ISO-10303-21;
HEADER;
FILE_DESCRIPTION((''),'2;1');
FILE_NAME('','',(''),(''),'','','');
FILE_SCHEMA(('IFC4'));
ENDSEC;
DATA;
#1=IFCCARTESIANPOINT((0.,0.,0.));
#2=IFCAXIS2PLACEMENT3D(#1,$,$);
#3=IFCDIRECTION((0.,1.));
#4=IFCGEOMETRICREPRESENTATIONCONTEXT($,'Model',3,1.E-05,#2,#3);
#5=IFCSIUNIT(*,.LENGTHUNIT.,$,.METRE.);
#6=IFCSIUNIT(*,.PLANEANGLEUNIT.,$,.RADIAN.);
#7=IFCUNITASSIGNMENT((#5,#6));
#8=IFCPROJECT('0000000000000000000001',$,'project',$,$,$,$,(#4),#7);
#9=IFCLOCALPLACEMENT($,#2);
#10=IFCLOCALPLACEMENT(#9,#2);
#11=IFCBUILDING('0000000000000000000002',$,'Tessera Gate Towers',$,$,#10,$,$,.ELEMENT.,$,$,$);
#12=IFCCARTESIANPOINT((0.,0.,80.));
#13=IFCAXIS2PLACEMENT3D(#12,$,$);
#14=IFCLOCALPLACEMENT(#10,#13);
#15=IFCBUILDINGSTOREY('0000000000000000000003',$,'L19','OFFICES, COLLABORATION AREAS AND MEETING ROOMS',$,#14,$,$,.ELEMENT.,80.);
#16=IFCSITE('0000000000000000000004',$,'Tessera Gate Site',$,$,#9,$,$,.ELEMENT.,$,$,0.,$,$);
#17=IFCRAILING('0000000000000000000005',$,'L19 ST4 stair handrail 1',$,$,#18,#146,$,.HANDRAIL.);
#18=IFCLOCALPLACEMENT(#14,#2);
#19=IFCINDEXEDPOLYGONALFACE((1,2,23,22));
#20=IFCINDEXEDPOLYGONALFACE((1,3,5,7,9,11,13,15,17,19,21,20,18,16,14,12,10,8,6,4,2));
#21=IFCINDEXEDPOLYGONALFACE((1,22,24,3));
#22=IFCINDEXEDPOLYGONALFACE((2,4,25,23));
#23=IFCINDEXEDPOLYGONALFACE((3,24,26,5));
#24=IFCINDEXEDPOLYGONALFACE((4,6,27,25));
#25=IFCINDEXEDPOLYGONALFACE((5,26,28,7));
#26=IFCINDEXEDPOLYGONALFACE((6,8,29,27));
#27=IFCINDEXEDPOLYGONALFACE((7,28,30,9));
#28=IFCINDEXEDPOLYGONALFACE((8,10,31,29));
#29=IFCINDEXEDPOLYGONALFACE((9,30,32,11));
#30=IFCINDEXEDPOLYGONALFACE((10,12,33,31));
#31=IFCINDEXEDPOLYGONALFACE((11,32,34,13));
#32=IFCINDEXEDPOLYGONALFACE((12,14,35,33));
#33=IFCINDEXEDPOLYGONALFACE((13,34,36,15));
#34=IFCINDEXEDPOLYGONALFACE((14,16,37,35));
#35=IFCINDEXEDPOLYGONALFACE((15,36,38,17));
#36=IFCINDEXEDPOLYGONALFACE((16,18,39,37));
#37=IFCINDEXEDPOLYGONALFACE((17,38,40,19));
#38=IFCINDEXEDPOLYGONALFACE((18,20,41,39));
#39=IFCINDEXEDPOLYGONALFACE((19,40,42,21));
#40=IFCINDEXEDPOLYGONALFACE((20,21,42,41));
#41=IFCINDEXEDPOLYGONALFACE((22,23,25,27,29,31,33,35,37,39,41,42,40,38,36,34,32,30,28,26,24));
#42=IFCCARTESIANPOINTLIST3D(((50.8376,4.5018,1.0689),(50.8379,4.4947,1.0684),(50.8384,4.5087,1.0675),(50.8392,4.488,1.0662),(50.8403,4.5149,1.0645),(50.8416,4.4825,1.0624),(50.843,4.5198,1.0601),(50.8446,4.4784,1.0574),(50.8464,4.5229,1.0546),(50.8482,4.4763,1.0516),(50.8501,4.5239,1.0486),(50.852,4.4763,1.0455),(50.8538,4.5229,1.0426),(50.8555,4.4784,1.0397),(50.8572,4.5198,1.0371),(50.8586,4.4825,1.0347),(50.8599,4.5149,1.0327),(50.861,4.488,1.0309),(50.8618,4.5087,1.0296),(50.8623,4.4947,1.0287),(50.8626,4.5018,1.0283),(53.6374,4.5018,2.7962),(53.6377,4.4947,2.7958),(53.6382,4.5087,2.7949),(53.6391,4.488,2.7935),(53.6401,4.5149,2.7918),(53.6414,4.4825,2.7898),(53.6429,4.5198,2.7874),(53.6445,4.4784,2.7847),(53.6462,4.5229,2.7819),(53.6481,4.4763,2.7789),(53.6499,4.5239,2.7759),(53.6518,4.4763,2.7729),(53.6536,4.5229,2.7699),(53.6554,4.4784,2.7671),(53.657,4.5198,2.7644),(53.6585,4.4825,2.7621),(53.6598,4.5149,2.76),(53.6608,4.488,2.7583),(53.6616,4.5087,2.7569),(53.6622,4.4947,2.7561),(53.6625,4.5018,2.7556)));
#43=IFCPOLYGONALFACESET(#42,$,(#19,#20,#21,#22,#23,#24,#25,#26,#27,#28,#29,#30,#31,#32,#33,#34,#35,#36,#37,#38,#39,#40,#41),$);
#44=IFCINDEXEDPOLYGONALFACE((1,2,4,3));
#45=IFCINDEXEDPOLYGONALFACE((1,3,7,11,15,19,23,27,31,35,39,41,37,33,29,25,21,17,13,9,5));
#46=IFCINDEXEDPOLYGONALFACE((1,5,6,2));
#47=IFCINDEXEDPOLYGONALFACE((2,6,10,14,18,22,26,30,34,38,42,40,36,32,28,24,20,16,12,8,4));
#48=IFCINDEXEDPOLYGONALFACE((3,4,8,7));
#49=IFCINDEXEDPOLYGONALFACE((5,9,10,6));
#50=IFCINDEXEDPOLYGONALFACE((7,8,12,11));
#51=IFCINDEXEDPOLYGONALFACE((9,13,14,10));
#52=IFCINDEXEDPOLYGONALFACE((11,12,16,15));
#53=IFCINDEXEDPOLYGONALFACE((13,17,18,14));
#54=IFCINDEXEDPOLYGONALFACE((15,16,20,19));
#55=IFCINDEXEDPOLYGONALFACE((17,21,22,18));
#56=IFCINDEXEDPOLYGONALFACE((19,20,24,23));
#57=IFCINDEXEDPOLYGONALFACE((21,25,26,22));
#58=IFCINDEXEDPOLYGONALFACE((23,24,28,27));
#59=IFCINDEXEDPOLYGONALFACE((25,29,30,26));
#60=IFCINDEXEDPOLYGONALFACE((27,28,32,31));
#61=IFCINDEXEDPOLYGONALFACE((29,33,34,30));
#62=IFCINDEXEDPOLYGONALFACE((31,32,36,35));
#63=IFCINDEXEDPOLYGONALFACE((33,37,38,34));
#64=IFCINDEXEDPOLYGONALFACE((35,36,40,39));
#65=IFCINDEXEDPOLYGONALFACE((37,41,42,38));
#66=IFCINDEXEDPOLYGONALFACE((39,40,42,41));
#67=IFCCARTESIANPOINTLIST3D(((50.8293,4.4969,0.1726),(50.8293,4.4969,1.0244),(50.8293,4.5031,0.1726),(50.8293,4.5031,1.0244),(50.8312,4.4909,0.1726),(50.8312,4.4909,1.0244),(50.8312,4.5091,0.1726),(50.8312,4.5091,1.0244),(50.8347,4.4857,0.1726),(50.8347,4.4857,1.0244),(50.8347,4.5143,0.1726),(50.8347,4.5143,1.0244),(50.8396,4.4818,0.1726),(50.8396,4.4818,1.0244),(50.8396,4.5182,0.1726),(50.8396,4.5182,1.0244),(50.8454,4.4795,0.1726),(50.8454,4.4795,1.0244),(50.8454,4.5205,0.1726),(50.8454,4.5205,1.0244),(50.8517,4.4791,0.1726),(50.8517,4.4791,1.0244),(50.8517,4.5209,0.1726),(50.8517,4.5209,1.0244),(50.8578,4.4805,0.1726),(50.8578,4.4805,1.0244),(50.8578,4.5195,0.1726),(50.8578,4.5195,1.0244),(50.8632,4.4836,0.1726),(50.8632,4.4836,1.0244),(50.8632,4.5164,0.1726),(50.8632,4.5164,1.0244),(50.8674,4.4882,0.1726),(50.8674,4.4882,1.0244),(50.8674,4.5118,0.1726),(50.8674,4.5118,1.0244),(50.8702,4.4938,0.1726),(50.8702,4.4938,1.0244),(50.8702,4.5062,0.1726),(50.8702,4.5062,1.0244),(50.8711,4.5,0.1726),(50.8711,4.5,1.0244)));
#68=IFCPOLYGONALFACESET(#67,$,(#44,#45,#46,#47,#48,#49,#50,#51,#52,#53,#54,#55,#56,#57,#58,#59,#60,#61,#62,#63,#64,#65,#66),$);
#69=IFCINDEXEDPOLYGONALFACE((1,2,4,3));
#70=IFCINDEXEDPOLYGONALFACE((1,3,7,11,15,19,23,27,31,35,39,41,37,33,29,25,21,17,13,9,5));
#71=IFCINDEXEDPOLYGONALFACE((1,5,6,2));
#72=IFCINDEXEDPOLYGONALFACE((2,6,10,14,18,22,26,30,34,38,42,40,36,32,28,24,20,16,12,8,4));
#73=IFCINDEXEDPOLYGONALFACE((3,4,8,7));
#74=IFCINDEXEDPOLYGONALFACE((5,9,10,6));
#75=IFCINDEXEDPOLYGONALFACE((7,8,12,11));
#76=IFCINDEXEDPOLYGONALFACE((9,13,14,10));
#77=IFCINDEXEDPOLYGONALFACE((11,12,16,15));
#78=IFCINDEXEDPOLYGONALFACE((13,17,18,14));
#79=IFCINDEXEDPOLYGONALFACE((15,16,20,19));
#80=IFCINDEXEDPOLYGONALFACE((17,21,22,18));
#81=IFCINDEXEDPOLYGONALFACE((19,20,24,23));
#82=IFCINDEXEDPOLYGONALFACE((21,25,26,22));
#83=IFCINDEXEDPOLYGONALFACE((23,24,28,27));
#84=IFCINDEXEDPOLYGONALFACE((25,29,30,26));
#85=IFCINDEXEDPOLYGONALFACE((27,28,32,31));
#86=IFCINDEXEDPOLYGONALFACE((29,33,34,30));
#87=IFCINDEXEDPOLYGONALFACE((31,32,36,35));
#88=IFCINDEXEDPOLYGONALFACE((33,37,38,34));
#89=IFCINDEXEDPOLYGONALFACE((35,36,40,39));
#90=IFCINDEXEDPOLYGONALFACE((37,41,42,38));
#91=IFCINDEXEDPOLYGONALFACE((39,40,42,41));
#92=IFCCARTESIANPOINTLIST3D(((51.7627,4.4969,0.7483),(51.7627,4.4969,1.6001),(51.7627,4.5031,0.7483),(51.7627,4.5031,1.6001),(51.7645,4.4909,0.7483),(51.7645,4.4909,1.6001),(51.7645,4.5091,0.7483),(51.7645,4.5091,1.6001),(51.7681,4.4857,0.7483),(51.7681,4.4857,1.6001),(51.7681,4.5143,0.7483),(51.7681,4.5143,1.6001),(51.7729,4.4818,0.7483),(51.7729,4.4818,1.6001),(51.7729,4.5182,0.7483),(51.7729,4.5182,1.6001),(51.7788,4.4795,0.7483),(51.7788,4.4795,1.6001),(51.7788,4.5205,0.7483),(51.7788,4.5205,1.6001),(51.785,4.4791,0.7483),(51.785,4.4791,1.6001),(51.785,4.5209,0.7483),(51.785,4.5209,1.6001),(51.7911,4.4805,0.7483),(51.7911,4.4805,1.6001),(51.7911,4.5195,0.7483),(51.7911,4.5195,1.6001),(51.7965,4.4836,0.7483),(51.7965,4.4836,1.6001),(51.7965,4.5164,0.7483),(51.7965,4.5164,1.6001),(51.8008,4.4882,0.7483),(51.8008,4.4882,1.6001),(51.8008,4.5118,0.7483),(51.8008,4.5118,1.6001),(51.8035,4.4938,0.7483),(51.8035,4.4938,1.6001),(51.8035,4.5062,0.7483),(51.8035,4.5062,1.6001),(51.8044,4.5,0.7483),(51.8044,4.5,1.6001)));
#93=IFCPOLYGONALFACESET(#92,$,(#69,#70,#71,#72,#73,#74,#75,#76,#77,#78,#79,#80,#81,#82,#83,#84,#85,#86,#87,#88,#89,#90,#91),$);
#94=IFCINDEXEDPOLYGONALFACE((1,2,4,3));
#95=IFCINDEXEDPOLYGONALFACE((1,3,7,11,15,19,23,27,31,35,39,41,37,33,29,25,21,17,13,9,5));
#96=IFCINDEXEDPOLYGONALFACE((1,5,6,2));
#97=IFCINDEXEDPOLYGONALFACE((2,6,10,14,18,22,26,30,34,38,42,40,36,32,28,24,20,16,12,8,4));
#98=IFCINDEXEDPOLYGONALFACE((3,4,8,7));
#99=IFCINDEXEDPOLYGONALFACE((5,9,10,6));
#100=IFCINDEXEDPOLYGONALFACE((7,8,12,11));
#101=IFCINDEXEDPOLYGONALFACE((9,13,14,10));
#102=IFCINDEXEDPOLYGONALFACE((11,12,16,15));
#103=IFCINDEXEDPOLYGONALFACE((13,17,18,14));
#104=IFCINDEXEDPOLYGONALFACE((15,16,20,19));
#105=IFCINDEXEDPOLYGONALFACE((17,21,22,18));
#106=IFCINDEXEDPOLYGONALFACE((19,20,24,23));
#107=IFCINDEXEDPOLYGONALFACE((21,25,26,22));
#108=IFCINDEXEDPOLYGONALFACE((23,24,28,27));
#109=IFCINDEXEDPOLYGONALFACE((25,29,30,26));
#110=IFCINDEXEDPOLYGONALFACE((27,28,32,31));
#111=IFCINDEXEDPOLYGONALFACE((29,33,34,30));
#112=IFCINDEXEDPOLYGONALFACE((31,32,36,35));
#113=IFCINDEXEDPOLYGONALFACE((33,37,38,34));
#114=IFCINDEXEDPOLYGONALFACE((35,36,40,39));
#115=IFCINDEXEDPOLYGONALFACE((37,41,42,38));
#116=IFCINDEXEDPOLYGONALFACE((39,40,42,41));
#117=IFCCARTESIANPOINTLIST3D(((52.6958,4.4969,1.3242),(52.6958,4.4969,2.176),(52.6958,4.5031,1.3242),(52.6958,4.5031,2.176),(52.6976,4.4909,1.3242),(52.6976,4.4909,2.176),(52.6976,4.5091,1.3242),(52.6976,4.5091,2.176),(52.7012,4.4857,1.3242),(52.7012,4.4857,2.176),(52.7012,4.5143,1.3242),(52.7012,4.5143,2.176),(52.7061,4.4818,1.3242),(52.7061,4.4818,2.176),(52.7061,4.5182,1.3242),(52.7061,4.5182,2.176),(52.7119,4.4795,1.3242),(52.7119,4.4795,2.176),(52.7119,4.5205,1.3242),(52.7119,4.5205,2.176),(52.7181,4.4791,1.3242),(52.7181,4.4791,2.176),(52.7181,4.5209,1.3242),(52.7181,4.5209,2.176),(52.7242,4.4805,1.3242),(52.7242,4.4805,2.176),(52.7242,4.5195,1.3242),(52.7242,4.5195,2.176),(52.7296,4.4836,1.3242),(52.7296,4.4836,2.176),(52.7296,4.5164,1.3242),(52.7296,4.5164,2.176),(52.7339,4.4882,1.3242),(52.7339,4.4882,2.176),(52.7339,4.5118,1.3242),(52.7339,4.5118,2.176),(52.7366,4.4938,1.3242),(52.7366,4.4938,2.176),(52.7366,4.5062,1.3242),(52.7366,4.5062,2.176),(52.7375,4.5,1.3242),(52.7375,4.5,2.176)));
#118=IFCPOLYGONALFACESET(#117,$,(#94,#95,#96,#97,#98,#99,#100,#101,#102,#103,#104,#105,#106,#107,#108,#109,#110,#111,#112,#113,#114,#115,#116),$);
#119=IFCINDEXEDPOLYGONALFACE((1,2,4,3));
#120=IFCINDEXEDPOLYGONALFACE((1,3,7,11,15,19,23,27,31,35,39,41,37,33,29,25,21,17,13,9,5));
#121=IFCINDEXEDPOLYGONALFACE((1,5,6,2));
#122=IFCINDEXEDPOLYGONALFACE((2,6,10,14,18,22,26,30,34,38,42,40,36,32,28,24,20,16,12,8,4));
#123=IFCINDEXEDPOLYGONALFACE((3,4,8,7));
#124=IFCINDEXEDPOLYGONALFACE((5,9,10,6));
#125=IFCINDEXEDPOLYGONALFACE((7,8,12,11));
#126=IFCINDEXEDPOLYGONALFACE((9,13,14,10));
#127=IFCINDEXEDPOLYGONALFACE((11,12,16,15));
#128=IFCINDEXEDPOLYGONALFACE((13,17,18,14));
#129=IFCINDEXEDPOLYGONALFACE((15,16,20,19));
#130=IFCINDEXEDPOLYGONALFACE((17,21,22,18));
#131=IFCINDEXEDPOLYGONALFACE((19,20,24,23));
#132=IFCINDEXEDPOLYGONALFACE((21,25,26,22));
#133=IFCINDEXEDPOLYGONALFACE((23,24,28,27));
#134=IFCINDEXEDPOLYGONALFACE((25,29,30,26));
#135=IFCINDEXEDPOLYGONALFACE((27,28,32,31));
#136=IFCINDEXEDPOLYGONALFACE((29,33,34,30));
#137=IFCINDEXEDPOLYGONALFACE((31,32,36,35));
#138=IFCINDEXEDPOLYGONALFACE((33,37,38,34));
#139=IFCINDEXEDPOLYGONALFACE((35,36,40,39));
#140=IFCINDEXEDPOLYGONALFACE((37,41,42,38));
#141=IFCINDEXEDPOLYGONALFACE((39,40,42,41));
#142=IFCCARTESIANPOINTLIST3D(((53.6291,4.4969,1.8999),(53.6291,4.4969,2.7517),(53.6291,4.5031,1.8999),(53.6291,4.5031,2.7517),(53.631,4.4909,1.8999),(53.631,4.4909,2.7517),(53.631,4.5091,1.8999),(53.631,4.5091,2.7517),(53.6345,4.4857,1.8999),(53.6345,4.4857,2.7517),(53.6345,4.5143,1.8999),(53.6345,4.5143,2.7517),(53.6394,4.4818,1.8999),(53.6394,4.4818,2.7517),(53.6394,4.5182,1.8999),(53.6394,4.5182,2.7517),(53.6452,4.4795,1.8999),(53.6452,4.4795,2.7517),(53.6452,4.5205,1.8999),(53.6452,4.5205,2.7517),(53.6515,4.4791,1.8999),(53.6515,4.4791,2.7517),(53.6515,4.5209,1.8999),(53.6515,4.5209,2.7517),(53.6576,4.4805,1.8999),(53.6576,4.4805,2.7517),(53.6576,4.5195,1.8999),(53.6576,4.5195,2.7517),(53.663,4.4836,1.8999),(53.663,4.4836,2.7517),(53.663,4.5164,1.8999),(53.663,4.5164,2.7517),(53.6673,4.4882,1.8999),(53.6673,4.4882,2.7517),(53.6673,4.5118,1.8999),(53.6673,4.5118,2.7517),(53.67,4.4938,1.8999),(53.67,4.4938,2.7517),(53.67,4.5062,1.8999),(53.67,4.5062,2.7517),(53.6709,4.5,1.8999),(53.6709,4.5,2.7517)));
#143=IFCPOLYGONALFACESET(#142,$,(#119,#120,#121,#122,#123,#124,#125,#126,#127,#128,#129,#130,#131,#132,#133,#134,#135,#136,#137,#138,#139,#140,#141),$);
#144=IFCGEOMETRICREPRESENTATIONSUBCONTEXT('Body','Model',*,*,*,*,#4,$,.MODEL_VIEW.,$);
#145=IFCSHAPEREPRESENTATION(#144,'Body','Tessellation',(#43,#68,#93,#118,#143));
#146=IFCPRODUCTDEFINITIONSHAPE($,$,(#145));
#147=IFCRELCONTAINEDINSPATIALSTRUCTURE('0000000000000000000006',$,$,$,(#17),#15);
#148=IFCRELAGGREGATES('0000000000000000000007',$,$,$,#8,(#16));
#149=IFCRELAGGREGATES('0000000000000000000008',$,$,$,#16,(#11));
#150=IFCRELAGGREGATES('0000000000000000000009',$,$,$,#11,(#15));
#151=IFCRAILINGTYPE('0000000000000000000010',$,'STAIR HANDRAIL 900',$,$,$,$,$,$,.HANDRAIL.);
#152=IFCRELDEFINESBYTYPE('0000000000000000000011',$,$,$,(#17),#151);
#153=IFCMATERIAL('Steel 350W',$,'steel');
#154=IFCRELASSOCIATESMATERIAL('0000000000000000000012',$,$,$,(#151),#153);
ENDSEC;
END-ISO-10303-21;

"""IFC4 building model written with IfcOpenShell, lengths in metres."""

from ifc_helpers import new_model, si_unit, direction, frame, origin, origin_2d, place, context, subcontext, project, spatial, circle, extrude, material, type_object, element, save


model = new_model("IFC4")

# Units and contexts
model_context = context("Model", 3, precision=1e-05, world=origin(), true_north=direction((0.0, 1.0)))
body_context = subcontext(model_context, "Body", "Model", "MODEL_VIEW")
ifc_project = project(units=[si_unit("LENGTHUNIT", "METRE"), si_unit("PLANEANGLEUNIT", "RADIAN")], contexts=[model_context])

# Site, building, storey
site_placement = place(None, origin())
site = spatial("IfcSite", under=ifc_project, at=site_placement, Name="Tessera Gate Site", CompositionType="ELEMENT", RefElevation=0.0)
building_placement = place(site_placement, origin())
building = spatial("IfcBuilding", under=site, at=building_placement, Name="Tessera Gate Towers", CompositionType="ELEMENT")
storey_placement = place(building_placement, frame((0.0, 0.0, 80.0)))
storey = spatial("IfcBuildingStorey", under=building, at=storey_placement, Name="L19", Description="OFFICES, COLLABORATION AREAS AND MEETING ROOMS", CompositionType="ELEMENT", Elevation=80.0)

# Railing
ifc_material_1 = material(Name="Steel 350W", Category="steel")
railing_type_1 = type_object("IfcRailingType", Name="STAIR HANDRAIL 900", PredefinedType="HANDRAIL", material=ifc_material_1)
railing_1_placement = place(storey_placement, frame((50.8501, 4.5, 0.1726)))
element("IfcRailing", 1, at=railing_1_placement, inside=storey, type_object=railing_type_1, Name="L19 ST4 stair handrail 1", PredefinedType="HANDRAIL", context=body_context, shape_type="SweptSolid", body=[
    extrude(circle(Radius=0.0239, at=origin_2d()), frame((0.0, 0.0, 0.876), z_axis=(0.851069, 0.0, 0.525054), x_axis=(0.0, 1.0, 0.0)), (0.0, 0.0, 1.0), 3.2898),
    extrude(circle(Radius=0.021, at=origin_2d()), origin(), (0.0, 0.0, 1.0), 0.8518),
    extrude(circle(Radius=0.021, at=origin_2d()), frame((0.9333, 0.0, 0.5757)), (0.0, 0.0, 1.0), 0.8518),
    extrude(circle(Radius=0.021, at=origin_2d()), frame((1.8665, 0.0, 1.1516)), (0.0, 0.0, 1.0), 0.8518),
    extrude(circle(Radius=0.021, at=origin_2d()), frame((2.7998, 0.0, 1.7273)), (0.0, 0.0, 1.0), 0.8518),
])

save(model, "model.ifc")
